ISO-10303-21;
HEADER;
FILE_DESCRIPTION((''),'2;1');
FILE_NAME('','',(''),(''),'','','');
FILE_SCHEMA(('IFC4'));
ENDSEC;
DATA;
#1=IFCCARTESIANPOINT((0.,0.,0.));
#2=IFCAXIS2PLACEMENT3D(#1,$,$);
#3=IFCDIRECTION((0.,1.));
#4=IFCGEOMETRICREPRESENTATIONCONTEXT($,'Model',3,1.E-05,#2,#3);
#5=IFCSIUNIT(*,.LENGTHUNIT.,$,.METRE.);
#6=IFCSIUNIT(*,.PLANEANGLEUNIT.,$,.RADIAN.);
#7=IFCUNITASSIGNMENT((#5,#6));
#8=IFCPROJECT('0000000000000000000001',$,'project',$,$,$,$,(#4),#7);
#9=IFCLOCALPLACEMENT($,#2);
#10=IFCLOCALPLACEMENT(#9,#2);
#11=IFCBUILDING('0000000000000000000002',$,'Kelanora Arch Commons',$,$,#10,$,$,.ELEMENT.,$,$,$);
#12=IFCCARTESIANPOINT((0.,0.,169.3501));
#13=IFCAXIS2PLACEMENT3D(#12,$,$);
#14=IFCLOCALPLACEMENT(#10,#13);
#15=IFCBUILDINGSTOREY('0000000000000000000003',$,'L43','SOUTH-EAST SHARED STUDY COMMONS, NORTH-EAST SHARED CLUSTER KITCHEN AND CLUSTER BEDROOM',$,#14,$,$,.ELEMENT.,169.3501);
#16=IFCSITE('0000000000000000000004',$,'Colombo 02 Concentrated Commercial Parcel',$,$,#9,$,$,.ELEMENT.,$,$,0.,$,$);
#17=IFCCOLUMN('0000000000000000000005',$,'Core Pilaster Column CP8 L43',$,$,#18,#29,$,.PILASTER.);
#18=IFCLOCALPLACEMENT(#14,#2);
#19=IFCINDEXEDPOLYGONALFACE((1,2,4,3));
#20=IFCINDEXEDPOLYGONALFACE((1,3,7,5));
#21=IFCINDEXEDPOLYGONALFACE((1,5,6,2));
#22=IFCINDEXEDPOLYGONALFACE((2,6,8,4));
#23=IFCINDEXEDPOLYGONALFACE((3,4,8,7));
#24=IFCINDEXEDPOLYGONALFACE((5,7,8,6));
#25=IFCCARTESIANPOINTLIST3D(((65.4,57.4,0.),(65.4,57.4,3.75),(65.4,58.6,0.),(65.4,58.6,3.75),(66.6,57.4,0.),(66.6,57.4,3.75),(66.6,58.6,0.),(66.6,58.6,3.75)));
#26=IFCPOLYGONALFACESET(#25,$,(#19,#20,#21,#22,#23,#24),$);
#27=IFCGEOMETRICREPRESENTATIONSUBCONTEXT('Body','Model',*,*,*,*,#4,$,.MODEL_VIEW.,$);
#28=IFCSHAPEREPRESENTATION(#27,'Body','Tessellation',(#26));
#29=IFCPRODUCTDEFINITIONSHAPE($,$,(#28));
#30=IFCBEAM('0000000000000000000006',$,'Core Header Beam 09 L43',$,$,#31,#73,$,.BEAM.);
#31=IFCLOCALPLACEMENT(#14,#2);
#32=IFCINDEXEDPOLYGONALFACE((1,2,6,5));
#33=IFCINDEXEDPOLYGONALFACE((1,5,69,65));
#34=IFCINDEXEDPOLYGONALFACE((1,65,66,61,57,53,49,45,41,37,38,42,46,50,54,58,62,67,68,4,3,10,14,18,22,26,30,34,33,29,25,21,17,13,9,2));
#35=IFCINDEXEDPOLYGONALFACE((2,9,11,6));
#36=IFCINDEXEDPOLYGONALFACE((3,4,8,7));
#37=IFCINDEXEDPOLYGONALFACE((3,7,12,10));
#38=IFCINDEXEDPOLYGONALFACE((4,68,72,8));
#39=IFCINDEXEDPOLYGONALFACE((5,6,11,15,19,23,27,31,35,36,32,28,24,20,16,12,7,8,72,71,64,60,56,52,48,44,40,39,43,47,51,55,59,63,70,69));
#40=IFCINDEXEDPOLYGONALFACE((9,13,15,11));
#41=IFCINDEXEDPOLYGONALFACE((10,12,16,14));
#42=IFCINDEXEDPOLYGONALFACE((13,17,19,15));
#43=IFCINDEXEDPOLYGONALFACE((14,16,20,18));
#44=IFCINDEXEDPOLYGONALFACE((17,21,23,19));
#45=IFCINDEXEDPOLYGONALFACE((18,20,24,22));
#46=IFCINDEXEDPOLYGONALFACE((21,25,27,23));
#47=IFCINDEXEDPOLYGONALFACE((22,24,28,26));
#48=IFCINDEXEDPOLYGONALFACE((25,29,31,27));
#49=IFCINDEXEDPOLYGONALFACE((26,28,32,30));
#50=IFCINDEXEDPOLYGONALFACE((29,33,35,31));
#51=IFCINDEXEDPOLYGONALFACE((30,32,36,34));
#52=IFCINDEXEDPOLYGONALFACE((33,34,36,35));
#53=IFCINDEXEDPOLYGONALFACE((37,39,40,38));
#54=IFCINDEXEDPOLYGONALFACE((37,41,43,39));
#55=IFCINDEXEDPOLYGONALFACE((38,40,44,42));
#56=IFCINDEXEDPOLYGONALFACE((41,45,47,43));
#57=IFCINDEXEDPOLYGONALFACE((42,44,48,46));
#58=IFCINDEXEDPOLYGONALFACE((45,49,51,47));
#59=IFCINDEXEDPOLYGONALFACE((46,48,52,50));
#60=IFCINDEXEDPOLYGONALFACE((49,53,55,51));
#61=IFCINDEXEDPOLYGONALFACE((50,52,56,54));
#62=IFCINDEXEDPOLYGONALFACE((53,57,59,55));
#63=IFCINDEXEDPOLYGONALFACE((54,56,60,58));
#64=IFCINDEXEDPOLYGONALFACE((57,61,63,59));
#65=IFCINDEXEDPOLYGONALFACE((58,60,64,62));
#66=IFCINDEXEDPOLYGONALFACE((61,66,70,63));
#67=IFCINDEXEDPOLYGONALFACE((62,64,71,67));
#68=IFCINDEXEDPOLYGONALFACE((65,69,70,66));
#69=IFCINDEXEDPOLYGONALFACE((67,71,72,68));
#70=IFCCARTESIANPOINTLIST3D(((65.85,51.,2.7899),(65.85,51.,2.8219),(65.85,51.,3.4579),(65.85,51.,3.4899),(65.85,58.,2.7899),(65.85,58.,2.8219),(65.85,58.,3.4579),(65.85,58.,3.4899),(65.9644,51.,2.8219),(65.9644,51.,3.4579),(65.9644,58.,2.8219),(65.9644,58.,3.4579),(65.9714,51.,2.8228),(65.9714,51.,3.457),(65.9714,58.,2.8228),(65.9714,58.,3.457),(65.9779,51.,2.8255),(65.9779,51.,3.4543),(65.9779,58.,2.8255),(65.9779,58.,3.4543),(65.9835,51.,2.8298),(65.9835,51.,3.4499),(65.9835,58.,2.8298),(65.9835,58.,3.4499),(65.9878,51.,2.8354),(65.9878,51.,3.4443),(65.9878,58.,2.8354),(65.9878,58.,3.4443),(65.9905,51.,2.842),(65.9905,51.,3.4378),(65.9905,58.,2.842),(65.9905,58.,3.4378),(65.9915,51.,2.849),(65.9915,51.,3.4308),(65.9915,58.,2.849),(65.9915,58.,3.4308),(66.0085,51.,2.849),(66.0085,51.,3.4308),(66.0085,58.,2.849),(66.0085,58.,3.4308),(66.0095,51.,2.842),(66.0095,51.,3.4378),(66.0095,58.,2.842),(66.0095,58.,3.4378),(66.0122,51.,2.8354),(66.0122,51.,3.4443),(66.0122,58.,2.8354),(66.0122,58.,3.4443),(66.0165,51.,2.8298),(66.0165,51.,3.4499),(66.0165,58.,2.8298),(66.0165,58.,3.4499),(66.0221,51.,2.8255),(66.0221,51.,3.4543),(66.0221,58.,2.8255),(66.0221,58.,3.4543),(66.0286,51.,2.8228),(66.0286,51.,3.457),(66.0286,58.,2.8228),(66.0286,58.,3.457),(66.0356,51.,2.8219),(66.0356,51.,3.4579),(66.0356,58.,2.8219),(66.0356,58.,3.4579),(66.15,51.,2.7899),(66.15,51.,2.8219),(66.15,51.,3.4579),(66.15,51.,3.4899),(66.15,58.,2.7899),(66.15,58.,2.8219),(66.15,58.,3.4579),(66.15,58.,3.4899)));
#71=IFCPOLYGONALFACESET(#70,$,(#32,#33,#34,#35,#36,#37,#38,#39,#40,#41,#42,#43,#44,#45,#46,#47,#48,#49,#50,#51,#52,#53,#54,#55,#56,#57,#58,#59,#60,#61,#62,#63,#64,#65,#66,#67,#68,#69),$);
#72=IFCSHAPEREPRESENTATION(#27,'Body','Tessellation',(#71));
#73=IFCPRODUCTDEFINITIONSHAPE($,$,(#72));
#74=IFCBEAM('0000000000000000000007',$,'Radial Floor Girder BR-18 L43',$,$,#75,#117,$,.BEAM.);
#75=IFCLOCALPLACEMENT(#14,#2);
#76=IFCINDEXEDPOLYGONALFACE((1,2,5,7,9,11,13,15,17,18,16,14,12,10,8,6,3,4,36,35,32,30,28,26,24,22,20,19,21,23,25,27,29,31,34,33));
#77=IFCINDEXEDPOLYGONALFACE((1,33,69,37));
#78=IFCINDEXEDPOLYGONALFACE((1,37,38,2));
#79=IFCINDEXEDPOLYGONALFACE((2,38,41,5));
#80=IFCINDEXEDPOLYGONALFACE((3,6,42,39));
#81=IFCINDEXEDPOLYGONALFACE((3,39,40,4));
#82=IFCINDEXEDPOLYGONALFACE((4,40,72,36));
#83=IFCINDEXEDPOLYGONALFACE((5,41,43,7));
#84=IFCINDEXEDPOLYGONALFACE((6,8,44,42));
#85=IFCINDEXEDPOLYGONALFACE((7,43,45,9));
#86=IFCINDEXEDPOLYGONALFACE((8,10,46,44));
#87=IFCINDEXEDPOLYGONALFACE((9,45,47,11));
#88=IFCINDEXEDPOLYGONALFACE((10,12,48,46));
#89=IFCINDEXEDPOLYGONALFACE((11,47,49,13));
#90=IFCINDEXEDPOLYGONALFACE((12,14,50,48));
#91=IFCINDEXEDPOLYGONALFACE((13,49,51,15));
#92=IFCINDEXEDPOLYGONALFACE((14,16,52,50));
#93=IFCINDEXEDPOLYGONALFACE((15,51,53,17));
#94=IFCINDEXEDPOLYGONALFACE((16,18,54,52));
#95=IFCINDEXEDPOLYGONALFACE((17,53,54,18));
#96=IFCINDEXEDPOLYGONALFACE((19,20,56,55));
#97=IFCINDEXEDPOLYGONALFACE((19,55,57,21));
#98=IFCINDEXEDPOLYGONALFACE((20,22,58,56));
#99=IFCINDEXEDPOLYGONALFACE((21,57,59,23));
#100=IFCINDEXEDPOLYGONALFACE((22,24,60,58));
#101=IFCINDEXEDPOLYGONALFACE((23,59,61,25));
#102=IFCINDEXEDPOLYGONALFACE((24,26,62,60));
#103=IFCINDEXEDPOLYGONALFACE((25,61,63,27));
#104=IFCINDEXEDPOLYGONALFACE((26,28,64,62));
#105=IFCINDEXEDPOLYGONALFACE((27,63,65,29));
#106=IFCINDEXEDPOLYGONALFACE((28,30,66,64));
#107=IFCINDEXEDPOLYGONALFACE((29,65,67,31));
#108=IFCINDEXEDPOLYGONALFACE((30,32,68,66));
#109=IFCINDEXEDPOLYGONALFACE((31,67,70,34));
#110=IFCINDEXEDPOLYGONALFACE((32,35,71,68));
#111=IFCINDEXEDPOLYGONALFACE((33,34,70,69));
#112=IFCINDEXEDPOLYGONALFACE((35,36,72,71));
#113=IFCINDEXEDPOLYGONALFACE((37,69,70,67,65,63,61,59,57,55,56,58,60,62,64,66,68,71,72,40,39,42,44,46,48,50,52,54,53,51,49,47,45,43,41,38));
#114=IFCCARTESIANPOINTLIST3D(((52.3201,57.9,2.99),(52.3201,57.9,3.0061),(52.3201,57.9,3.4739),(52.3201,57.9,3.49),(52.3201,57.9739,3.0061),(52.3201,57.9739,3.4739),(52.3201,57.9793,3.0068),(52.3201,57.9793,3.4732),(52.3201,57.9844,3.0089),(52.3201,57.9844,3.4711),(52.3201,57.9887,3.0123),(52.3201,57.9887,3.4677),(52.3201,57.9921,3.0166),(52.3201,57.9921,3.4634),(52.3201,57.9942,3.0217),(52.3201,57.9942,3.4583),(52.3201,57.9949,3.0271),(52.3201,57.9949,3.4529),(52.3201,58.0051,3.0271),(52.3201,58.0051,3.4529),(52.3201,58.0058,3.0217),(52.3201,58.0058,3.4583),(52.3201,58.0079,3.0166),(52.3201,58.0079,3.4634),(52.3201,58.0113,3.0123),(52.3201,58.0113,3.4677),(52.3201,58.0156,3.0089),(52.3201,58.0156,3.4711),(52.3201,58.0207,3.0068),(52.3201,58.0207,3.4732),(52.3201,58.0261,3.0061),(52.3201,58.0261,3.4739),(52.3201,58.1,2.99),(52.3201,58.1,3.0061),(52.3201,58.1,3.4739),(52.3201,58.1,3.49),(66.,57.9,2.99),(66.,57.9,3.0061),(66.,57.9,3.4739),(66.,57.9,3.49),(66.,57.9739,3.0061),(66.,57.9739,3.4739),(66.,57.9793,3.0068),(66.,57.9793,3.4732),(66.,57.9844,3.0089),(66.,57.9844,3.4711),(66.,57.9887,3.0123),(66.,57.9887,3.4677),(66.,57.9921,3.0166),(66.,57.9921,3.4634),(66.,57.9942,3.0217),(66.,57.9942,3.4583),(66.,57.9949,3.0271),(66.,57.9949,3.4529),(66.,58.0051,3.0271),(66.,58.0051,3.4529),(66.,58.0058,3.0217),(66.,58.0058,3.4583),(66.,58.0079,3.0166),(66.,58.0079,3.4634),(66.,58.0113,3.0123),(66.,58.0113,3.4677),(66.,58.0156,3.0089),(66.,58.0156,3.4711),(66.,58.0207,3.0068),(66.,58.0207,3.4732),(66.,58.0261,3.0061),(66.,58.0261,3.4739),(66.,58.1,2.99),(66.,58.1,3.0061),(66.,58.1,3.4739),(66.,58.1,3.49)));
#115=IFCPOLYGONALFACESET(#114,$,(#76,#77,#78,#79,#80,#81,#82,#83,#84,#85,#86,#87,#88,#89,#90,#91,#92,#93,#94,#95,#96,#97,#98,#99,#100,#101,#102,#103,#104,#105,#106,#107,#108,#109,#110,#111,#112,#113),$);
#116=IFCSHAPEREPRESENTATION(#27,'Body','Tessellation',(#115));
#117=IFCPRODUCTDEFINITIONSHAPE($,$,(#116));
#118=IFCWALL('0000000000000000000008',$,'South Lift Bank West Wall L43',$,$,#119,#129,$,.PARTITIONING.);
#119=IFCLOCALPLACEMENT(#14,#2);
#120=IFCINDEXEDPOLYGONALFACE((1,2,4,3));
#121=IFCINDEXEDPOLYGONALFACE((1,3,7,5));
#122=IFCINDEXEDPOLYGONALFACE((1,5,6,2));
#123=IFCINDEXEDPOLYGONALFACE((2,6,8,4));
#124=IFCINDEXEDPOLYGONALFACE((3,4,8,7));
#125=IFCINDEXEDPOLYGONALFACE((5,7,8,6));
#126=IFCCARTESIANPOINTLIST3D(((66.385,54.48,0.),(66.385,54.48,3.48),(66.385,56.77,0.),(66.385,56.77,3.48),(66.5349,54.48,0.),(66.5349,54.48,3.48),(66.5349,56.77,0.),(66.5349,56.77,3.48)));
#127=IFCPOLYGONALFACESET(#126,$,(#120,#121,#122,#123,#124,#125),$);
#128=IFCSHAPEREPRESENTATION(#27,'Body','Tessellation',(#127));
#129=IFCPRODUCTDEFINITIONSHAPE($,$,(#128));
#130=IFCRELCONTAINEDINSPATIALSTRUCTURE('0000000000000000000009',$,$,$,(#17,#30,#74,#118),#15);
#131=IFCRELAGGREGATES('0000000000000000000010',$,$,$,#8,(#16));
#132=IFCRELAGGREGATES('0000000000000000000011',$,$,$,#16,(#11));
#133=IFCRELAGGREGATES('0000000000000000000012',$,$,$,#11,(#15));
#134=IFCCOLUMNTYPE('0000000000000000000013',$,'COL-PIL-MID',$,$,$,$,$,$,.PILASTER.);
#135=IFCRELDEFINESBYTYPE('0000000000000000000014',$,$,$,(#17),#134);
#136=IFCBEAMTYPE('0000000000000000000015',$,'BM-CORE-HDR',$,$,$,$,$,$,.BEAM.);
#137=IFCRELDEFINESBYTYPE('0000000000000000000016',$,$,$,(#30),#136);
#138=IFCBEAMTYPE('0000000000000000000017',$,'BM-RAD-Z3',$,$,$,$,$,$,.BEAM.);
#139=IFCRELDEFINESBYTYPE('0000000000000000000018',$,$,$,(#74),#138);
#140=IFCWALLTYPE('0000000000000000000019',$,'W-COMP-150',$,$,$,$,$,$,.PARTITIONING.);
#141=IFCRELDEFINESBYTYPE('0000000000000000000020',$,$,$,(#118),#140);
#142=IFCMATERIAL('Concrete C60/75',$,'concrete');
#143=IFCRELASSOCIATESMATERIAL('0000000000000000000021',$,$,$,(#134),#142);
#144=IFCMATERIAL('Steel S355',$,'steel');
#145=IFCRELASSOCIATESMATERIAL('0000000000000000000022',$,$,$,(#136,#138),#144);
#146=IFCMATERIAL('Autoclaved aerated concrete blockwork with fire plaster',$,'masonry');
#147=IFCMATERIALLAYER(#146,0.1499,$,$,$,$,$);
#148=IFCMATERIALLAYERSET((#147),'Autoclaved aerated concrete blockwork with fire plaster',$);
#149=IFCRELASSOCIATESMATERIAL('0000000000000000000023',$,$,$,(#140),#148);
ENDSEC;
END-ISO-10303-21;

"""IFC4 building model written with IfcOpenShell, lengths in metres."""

from ifc_helpers import new_model, si_unit, direction, frame, frame_2d, origin, origin_2d, place, context, subcontext, project, spatial, rectangle, i_section, extrude, material, layer, layer_set, material_profile, profile_set, type_object, element, save


model = new_model("IFC4")

# Units and contexts
model_context = context("Model", 3, precision=1e-05, world=origin(), true_north=direction((0.0, 1.0)))
body_context = subcontext(model_context, "Body", "Model", "MODEL_VIEW")
ifc_project = project(units=[si_unit("LENGTHUNIT", "METRE"), si_unit("PLANEANGLEUNIT", "RADIAN")], contexts=[model_context])

# Site, building, storey
site_placement = place(None, origin())
site = spatial("IfcSite", under=ifc_project, at=site_placement, Name="Colombo 02 Concentrated Commercial Parcel", CompositionType="ELEMENT", RefElevation=0.0)
building_placement = place(site_placement, origin())
building = spatial("IfcBuilding", under=site, at=building_placement, Name="Kelanora Arch Commons", CompositionType="ELEMENT")
storey_placement = place(building_placement, frame((0.0, 0.0, 169.3501)))
storey = spatial("IfcBuildingStorey", under=building, at=storey_placement, Name="L43", Description="SOUTH-EAST SHARED STUDY COMMONS, NORTH-EAST SHARED CLUSTER KITCHEN AND CLUSTER BEDROOM", CompositionType="ELEMENT", Elevation=169.3501)

# Column
ifc_material_1 = material(Name="Concrete C60/75", Category="concrete")
ifc_material_profile_1 = material_profile(ifc_material_1, rectangle(XDim=1.2, YDim=1.2, at=origin_2d()), Name="RC1200x1200")
ifc_profile_set_1 = profile_set([ifc_material_profile_1], Name="Concrete C60/75")
column_type = type_object("IfcColumnType", Name="COL-PIL-MID", PredefinedType="PILASTER", material=ifc_profile_set_1)
column_placement = place(storey_placement, frame((66.0, 58.0, 0.0), z_axis=(0.0, 0.0, 1.0), x_axis=(1.0, 0.0, 0.0)))
element("IfcColumn", 1, at=column_placement, inside=storey, type_object=column_type, Name="Core Pilaster Column CP8 L43", PredefinedType="PILASTER", context=body_context, shape_type="SweptSolid", body=[
    extrude(rectangle(XDim=1.2, YDim=1.2, at=origin_2d()), origin(), (0.0, 0.0, 1.0), 3.75),
])

# Beams
ifc_material_2 = material(Name="Steel S355", Category="steel")
ifc_material_profile_2 = material_profile(ifc_material_2, i_section(OverallWidth=0.3, OverallDepth=0.7, WebThickness=0.0171, FlangeThickness=0.032, FilletRadius=0.0271, at=origin_2d()), Name="HEB700")
ifc_profile_set_2 = profile_set([ifc_material_profile_2], Name="Steel S355")
beam_type_1 = type_object("IfcBeamType", Name="BM-CORE-HDR", PredefinedType="BEAM", material=ifc_profile_set_2)
beam_1_placement = place(storey_placement, frame((66.0, 58.0, 3.1399), z_axis=(0.0, -1.0, 0.0), x_axis=(1.0, 0.0, 0.0)))
element("IfcBeam", 2, at=beam_1_placement, inside=storey, type_object=beam_type_1, Name="Core Header Beam 09 L43", PredefinedType="BEAM", context=body_context, shape_type="SweptSolid", body=[
    extrude(i_section(OverallWidth=0.3, OverallDepth=0.7, WebThickness=0.0171, FlangeThickness=0.032, FilletRadius=0.0271, at=origin_2d()), origin(), (0.0, 0.0, 1.0), 7.0),
])
ifc_material_profile_3 = material_profile(ifc_material_2, i_section(OverallWidth=0.2, OverallDepth=0.5, WebThickness=0.0103, FlangeThickness=0.0161, FilletRadius=0.021, at=origin_2d()), Name="IPE500")
ifc_profile_set_3 = profile_set([ifc_material_profile_3], Name="Steel S355")
beam_type_2 = type_object("IfcBeamType", Name="BM-RAD-Z3", PredefinedType="BEAM", material=ifc_profile_set_3)
beam_2_placement = place(storey_placement, frame((66.0, 58.0, 3.24), z_axis=(-1.0, 0.0, 0.0), x_axis=(0.0, -1.0, 0.0)))
element("IfcBeam", 3, at=beam_2_placement, inside=storey, type_object=beam_type_2, Name="Radial Floor Girder BR-18 L43", PredefinedType="BEAM", context=body_context, shape_type="SweptSolid", body=[
    extrude(i_section(OverallWidth=0.2, OverallDepth=0.5, WebThickness=0.0103, FlangeThickness=0.0161, FilletRadius=0.021, at=origin_2d()), origin(), (0.0, 0.0, 1.0), 13.6799),
])

# Wall
ifc_material_3 = material(Name="Autoclaved aerated concrete blockwork with fire plaster", Category="masonry")
ifc_layer_1 = layer(ifc_material_3, 0.1499)
ifc_layer_set_1 = layer_set([ifc_layer_1], Name="Autoclaved aerated concrete blockwork with fire plaster")
wall_type_1 = type_object("IfcWallType", Name="W-COMP-150", PredefinedType="PARTITIONING", material=ifc_layer_set_1)
wall_1_placement = place(storey_placement, frame((66.46, 54.48, 0.0), z_axis=(0.0, 0.0, 1.0), x_axis=(0.0, 1.0, 0.0)))
element("IfcWall", 4, at=wall_1_placement, inside=storey, type_object=wall_type_1, Name="South Lift Bank West Wall L43", PredefinedType="PARTITIONING", context=body_context, shape_type="SweptSolid", body=[
    extrude(rectangle(XDim=2.29, YDim=0.1499, at=frame_2d((1.145, 0.0))), origin(), (0.0, 0.0, 1.0), 3.48),
])

save(model, "model.ifc")
